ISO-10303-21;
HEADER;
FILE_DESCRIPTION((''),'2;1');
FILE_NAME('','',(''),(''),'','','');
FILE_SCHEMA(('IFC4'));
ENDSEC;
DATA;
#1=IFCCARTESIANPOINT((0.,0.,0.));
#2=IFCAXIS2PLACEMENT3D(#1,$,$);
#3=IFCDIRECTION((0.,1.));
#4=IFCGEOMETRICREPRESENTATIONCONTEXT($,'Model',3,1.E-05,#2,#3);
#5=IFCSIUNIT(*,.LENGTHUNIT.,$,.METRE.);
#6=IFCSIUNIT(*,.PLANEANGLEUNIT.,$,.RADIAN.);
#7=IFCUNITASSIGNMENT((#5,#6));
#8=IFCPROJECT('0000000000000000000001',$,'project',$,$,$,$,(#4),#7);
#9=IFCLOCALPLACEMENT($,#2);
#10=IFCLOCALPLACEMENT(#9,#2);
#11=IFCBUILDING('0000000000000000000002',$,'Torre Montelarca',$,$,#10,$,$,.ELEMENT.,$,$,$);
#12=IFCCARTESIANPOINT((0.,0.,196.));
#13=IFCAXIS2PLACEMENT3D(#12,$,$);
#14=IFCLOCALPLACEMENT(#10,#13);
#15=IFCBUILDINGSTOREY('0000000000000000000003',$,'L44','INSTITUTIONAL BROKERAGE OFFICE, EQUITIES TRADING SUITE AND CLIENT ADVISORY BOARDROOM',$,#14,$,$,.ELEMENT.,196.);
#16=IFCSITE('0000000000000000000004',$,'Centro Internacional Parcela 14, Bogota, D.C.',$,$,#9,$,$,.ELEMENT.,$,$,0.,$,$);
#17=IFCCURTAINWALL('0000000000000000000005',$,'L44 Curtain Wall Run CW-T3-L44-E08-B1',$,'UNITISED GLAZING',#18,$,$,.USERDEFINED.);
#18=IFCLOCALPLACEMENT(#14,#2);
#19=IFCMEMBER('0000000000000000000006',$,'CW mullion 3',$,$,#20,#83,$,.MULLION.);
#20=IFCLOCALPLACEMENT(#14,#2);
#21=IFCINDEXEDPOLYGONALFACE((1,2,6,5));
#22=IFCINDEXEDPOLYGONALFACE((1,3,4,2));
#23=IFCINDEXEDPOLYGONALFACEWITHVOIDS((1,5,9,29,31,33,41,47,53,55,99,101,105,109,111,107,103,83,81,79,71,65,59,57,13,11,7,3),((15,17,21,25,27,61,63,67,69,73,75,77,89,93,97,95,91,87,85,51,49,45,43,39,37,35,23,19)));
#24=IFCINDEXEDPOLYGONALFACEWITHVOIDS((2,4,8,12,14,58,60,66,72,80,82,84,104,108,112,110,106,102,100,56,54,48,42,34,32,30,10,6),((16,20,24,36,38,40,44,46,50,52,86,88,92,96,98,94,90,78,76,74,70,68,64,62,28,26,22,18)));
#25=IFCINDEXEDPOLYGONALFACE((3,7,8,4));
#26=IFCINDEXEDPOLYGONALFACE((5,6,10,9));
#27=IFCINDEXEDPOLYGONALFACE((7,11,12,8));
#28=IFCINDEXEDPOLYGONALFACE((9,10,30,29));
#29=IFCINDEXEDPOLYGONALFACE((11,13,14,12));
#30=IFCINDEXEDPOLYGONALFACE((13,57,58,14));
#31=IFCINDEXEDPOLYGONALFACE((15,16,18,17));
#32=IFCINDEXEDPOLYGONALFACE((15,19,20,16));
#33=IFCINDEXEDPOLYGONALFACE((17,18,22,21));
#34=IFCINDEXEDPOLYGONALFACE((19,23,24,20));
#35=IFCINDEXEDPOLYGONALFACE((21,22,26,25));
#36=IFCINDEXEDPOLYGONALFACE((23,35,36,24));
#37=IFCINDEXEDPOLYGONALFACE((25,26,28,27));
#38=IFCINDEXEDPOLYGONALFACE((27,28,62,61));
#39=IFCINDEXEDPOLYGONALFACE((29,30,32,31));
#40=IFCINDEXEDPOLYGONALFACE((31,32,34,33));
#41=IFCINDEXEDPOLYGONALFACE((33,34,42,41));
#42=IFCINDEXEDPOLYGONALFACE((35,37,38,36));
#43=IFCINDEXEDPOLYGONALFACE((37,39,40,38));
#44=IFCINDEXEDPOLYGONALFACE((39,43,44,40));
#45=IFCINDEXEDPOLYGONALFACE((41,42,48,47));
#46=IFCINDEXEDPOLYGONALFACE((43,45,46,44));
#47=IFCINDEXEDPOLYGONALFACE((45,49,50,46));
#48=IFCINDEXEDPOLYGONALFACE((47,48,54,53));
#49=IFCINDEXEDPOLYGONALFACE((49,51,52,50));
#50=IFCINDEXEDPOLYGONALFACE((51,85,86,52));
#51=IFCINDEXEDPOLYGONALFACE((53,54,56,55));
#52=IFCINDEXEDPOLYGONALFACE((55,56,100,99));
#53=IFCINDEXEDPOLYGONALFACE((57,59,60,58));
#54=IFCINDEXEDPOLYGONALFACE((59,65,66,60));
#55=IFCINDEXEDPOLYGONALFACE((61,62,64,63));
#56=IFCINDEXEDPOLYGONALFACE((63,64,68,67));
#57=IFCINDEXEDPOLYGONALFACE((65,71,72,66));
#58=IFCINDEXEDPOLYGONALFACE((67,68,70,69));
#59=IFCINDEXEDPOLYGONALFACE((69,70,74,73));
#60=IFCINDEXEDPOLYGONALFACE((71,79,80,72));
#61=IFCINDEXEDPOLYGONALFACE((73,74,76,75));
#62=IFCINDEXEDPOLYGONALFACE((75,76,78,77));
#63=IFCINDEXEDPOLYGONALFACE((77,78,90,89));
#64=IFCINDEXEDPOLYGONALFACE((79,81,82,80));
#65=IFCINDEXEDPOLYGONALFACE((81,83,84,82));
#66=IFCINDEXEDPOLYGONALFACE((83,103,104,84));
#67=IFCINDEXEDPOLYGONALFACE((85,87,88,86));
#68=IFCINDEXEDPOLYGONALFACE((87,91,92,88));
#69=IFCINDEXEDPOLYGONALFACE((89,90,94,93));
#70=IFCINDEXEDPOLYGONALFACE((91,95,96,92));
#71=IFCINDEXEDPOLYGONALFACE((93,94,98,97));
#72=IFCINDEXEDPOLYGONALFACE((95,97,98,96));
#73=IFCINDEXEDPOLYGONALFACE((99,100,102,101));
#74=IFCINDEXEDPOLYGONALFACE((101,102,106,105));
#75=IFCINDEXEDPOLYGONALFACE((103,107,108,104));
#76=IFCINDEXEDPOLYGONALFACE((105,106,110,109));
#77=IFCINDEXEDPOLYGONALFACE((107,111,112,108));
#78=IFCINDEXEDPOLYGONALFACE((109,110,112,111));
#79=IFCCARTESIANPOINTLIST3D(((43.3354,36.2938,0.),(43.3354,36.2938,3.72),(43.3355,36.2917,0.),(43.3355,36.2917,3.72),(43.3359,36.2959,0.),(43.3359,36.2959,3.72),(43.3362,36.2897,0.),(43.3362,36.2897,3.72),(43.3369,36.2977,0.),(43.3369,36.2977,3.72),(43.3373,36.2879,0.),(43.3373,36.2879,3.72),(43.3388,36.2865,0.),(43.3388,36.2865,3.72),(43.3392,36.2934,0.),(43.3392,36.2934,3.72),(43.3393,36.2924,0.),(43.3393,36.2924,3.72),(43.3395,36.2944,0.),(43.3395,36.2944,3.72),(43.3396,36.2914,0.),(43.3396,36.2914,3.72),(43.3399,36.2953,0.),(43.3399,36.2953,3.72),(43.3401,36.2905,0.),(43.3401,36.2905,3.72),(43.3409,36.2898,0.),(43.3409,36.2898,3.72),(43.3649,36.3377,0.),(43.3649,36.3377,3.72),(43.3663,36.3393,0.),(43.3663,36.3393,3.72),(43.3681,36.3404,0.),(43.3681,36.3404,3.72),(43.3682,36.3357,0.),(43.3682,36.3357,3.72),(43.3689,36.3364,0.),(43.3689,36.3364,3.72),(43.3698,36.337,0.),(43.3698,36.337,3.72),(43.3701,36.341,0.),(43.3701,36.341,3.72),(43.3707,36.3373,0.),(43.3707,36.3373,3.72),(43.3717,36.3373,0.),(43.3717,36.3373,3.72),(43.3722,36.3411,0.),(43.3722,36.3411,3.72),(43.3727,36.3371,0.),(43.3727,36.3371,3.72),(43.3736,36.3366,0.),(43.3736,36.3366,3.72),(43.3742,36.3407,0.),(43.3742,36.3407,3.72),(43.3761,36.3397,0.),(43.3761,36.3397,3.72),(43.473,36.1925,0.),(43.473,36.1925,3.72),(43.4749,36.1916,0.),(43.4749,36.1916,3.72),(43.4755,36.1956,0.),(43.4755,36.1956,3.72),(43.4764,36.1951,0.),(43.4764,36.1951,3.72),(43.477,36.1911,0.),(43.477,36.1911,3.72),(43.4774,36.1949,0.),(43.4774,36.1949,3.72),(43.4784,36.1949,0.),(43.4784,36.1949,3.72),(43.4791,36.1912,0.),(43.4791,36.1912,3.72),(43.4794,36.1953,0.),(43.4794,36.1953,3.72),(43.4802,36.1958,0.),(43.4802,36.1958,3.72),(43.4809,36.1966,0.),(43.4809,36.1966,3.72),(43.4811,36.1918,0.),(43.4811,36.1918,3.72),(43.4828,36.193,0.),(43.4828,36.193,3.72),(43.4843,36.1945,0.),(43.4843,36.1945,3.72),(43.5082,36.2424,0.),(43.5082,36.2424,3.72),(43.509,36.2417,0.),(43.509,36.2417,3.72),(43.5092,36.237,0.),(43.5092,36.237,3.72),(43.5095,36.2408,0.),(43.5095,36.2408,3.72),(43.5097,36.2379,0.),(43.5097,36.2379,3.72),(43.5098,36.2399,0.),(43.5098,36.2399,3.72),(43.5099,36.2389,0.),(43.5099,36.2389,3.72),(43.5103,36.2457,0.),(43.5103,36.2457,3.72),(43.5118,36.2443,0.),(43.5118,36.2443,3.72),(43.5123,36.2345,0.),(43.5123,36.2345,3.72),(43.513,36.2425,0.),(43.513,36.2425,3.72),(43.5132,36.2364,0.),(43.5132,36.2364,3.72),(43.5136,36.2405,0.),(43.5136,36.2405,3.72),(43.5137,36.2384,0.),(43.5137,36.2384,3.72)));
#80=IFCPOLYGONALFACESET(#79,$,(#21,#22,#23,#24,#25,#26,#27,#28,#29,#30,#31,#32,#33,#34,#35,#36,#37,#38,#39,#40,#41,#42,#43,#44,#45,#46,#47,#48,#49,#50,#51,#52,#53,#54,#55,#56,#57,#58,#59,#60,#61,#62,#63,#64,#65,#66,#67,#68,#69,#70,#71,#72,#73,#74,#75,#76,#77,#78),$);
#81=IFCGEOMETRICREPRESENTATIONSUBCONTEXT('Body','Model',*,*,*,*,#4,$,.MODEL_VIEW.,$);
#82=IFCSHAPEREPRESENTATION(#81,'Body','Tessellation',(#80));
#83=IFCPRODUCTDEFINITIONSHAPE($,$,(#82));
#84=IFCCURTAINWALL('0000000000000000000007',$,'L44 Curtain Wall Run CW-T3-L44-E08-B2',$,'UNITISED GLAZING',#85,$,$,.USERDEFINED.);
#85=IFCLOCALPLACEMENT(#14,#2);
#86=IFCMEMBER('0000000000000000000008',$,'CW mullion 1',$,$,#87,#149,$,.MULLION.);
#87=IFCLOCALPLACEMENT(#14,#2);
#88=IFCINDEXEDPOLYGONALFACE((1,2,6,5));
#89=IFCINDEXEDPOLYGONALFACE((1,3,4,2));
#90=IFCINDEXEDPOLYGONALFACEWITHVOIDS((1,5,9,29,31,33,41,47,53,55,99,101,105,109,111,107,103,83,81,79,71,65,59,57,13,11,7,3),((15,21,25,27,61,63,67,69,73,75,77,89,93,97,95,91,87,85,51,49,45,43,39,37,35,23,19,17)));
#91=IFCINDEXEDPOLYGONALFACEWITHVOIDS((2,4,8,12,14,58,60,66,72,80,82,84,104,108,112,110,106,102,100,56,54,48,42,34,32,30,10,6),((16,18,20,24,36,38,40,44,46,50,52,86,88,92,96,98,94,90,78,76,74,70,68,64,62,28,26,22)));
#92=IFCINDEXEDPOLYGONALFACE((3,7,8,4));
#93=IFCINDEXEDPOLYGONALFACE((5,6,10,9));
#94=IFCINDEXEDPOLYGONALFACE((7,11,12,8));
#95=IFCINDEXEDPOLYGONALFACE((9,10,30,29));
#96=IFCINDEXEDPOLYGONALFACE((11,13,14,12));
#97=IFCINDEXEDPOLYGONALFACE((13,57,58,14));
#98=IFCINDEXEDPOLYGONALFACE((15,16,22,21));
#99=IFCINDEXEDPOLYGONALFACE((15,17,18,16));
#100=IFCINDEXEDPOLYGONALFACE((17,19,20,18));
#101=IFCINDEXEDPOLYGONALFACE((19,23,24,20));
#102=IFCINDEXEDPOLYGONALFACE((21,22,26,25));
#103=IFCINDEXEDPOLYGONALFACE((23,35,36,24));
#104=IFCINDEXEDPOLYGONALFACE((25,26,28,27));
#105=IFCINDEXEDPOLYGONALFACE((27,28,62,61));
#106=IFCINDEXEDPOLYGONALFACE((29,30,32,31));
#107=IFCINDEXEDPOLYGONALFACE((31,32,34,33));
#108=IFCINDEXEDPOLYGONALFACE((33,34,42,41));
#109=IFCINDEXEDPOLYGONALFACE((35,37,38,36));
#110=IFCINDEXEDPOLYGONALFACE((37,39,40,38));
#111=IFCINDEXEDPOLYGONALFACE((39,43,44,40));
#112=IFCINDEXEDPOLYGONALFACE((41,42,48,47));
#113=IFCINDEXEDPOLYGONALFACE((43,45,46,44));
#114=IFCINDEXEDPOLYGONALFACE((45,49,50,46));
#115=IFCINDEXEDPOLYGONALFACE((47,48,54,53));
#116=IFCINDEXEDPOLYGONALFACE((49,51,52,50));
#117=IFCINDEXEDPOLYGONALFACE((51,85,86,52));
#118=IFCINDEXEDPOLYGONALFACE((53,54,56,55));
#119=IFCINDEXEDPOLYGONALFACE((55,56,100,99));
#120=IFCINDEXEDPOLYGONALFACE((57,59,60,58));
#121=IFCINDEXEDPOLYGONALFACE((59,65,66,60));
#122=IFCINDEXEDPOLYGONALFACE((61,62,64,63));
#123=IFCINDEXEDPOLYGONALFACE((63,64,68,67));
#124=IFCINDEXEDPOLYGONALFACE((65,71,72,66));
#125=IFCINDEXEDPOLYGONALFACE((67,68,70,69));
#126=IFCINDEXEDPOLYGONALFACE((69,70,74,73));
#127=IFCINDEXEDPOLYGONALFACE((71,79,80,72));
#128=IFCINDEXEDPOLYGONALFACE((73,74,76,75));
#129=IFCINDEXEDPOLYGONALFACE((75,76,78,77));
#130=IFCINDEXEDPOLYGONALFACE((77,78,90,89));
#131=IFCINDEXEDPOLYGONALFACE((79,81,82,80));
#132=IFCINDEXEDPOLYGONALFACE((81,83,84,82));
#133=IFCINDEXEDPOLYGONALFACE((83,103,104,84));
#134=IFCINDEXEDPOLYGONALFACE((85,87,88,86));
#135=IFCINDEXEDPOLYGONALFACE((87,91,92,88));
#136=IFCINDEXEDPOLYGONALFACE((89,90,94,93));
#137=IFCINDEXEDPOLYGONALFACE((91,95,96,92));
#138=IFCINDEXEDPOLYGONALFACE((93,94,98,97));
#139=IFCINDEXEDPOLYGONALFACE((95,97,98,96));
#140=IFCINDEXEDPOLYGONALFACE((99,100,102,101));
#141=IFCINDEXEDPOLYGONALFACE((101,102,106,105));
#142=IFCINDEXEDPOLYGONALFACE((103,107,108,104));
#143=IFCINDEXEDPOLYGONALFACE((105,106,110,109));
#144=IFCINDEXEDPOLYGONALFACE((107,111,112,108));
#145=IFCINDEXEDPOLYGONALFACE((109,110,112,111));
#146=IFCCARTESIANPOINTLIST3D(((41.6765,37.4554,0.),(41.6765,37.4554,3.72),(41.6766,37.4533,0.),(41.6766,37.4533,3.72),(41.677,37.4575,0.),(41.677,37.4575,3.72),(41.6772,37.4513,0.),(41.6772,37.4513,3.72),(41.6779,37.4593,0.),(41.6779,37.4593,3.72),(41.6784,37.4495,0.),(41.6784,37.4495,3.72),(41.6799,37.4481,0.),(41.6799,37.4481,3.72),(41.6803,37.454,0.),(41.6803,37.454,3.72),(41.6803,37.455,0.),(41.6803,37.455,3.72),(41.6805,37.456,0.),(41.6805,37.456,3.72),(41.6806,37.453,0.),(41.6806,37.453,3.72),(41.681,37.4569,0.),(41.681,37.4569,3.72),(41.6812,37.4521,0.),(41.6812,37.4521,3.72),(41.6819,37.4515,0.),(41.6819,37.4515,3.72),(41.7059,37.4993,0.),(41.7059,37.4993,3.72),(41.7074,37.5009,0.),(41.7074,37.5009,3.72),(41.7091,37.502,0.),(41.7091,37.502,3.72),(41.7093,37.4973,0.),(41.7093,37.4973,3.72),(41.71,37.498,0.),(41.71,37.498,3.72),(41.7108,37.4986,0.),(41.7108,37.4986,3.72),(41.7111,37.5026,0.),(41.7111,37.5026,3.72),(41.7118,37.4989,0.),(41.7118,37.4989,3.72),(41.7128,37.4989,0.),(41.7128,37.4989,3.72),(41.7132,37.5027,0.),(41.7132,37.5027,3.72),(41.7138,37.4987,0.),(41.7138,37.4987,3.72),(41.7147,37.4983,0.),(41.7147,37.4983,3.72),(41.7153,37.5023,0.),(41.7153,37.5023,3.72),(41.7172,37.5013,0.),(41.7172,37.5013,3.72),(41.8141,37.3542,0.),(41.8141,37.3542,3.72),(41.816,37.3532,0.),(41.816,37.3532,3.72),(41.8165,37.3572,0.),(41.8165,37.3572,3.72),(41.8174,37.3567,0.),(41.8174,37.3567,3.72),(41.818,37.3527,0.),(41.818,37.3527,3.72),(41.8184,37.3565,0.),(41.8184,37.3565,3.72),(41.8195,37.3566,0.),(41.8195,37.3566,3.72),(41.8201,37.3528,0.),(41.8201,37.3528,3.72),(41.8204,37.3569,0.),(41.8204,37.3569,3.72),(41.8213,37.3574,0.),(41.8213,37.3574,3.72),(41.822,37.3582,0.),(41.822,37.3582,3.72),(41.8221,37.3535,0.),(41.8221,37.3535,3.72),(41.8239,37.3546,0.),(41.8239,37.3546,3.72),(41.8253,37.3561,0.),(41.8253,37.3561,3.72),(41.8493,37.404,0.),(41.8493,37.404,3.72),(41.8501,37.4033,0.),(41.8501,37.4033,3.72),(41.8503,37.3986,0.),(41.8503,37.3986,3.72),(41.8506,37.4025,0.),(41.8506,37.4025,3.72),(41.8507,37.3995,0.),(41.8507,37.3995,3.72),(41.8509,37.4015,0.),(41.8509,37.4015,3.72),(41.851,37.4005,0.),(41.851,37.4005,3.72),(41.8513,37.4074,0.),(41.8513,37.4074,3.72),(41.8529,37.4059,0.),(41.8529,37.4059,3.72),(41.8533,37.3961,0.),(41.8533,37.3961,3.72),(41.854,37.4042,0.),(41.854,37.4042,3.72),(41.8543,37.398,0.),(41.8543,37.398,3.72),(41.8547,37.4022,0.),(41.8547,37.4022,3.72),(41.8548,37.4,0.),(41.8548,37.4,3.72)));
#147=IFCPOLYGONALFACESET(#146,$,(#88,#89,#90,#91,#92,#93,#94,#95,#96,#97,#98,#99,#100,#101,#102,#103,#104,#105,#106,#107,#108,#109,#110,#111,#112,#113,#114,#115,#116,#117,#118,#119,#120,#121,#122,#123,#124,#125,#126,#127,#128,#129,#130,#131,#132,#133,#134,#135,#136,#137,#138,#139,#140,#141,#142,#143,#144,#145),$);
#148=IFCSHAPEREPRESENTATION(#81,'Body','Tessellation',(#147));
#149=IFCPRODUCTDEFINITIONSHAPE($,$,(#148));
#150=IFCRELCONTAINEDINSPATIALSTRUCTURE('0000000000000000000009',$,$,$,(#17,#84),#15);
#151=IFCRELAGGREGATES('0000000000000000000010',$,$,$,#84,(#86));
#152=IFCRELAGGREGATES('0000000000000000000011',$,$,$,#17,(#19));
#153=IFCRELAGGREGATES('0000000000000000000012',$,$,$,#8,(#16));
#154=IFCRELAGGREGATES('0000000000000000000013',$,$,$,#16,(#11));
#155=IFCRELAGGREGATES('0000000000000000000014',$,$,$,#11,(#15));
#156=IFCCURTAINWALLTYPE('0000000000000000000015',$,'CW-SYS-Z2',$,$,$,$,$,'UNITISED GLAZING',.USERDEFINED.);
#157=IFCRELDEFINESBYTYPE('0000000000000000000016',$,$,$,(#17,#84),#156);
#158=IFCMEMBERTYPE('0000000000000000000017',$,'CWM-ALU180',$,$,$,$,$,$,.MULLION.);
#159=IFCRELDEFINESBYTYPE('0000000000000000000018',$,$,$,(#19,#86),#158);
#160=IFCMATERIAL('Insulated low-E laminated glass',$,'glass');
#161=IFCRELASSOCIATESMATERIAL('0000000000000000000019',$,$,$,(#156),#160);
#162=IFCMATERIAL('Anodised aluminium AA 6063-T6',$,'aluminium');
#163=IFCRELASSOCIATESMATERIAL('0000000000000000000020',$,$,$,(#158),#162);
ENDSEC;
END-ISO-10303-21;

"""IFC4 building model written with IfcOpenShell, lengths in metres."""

from ifc_helpers import new_model, si_unit, direction, frame, origin, origin_2d, place, context, subcontext, project, spatial, hollow_rectangle, extrude, source, transform, mapped, material, material_profile, profile_set, type_object, element, aggregate, save


model = new_model("IFC4")

# Units and contexts
model_context = context("Model", 3, precision=1e-05, world=origin(), true_north=direction((0.0, 1.0)))
body_context = subcontext(model_context, "Body", "Model", "MODEL_VIEW")
ifc_project = project(units=[si_unit("LENGTHUNIT", "METRE"), si_unit("PLANEANGLEUNIT", "RADIAN")], contexts=[model_context])

# Site, building, storey
site_placement = place(None, origin())
site = spatial("IfcSite", under=ifc_project, at=site_placement, Name="Centro Internacional Parcela 14, Bogota, D.C.", CompositionType="ELEMENT", RefElevation=0.0)
building_placement = place(site_placement, origin())
building = spatial("IfcBuilding", under=site, at=building_placement, Name="Torre Montelarca", CompositionType="ELEMENT")
storey_placement = place(building_placement, frame((0.0, 0.0, 196.0)))
storey = spatial("IfcBuildingStorey", under=building, at=storey_placement, Name="L44", Description="INSTITUTIONAL BROKERAGE OFFICE, EQUITIES TRADING SUITE AND CLIENT ADVISORY BOARDROOM", CompositionType="ELEMENT", Elevation=196.0)

# Curtain walls, members
ifc_material_1 = material(Name="Insulated low-E laminated glass", Category="glass")
curtain_wall_type = type_object("IfcCurtainWallType", Name="CW-SYS-Z2", ElementType="UNITISED GLAZING", PredefinedType="USERDEFINED", material=ifc_material_1)
ifc_material_2 = material(Name="Anodised aluminium AA 6063-T6", Category="aluminium")
ifc_material_profile_1 = material_profile(ifc_material_2, hollow_rectangle(XDim=0.0649, YDim=0.1799, WallThickness=0.0039, InnerFilletRadius=0.0039, OuterFilletRadius=0.0081, at=origin_2d()), Name="ALU65X180X4", Category="aluminium")
ifc_profile_set_1 = profile_set([ifc_material_profile_1], Name="Anodised aluminium AA 6063-T6")
member_type_1 = type_object("IfcMemberType", Name="CWM-ALU180", PredefinedType="MULLION", material=ifc_profile_set_1)
shared_shape_1 = source(origin(), body_context, "Body", "SweptSolid", [
    extrude(hollow_rectangle(XDim=0.0649, YDim=0.1799, WallThickness=0.0039, InnerFilletRadius=0.0039, OuterFilletRadius=0.0081, at=origin_2d()), origin(), (0.0, 0.0, 1.0), 3.72),
])
curtain_wall_1_placement = place(storey_placement, origin())
curtain_wall_1 = element("IfcCurtainWall", 1, at=curtain_wall_1_placement, inside=storey, type_object=curtain_wall_type, Name="L44 Curtain Wall Run CW-T3-L44-E08-B1", ObjectType="UNITISED GLAZING", PredefinedType="USERDEFINED")
member_1_placement = place(storey_placement, frame((43.4246, 36.2661, 0.0), z_axis=(0.0, 0.0, 1.0), x_axis=(-0.57357, -0.819157, 0.0)))
member_1 = element("IfcMember", 2, at=member_1_placement, type_object=member_type_1, Name="CW mullion 3", PredefinedType="MULLION", context=body_context, shape_type="MappedRepresentation", body=[
    mapped(shared_shape_1, transform((0.0, 0.0, 0.0), scale=1.0)),
])
curtain_wall_2_placement = place(storey_placement, origin())
curtain_wall_2 = element("IfcCurtainWall", 3, at=curtain_wall_2_placement, inside=storey, type_object=curtain_wall_type, Name="L44 Curtain Wall Run CW-T3-L44-E08-B2", ObjectType="UNITISED GLAZING", PredefinedType="USERDEFINED")
member_2_placement = place(storey_placement, frame((41.7656, 37.4277, 0.0), z_axis=(0.0, 0.0, 1.0), x_axis=(-0.573581, -0.819149, 0.0)))
member_2 = element("IfcMember", 4, at=member_2_placement, type_object=member_type_1, Name="CW mullion 1", PredefinedType="MULLION", context=body_context, shape_type="MappedRepresentation", body=[
    mapped(shared_shape_1, transform((0.0, 0.0, 0.0), scale=1.0)),
])

aggregate(curtain_wall_2, [member_2])
aggregate(curtain_wall_1, [member_1])

save(model, "model.ifc")
